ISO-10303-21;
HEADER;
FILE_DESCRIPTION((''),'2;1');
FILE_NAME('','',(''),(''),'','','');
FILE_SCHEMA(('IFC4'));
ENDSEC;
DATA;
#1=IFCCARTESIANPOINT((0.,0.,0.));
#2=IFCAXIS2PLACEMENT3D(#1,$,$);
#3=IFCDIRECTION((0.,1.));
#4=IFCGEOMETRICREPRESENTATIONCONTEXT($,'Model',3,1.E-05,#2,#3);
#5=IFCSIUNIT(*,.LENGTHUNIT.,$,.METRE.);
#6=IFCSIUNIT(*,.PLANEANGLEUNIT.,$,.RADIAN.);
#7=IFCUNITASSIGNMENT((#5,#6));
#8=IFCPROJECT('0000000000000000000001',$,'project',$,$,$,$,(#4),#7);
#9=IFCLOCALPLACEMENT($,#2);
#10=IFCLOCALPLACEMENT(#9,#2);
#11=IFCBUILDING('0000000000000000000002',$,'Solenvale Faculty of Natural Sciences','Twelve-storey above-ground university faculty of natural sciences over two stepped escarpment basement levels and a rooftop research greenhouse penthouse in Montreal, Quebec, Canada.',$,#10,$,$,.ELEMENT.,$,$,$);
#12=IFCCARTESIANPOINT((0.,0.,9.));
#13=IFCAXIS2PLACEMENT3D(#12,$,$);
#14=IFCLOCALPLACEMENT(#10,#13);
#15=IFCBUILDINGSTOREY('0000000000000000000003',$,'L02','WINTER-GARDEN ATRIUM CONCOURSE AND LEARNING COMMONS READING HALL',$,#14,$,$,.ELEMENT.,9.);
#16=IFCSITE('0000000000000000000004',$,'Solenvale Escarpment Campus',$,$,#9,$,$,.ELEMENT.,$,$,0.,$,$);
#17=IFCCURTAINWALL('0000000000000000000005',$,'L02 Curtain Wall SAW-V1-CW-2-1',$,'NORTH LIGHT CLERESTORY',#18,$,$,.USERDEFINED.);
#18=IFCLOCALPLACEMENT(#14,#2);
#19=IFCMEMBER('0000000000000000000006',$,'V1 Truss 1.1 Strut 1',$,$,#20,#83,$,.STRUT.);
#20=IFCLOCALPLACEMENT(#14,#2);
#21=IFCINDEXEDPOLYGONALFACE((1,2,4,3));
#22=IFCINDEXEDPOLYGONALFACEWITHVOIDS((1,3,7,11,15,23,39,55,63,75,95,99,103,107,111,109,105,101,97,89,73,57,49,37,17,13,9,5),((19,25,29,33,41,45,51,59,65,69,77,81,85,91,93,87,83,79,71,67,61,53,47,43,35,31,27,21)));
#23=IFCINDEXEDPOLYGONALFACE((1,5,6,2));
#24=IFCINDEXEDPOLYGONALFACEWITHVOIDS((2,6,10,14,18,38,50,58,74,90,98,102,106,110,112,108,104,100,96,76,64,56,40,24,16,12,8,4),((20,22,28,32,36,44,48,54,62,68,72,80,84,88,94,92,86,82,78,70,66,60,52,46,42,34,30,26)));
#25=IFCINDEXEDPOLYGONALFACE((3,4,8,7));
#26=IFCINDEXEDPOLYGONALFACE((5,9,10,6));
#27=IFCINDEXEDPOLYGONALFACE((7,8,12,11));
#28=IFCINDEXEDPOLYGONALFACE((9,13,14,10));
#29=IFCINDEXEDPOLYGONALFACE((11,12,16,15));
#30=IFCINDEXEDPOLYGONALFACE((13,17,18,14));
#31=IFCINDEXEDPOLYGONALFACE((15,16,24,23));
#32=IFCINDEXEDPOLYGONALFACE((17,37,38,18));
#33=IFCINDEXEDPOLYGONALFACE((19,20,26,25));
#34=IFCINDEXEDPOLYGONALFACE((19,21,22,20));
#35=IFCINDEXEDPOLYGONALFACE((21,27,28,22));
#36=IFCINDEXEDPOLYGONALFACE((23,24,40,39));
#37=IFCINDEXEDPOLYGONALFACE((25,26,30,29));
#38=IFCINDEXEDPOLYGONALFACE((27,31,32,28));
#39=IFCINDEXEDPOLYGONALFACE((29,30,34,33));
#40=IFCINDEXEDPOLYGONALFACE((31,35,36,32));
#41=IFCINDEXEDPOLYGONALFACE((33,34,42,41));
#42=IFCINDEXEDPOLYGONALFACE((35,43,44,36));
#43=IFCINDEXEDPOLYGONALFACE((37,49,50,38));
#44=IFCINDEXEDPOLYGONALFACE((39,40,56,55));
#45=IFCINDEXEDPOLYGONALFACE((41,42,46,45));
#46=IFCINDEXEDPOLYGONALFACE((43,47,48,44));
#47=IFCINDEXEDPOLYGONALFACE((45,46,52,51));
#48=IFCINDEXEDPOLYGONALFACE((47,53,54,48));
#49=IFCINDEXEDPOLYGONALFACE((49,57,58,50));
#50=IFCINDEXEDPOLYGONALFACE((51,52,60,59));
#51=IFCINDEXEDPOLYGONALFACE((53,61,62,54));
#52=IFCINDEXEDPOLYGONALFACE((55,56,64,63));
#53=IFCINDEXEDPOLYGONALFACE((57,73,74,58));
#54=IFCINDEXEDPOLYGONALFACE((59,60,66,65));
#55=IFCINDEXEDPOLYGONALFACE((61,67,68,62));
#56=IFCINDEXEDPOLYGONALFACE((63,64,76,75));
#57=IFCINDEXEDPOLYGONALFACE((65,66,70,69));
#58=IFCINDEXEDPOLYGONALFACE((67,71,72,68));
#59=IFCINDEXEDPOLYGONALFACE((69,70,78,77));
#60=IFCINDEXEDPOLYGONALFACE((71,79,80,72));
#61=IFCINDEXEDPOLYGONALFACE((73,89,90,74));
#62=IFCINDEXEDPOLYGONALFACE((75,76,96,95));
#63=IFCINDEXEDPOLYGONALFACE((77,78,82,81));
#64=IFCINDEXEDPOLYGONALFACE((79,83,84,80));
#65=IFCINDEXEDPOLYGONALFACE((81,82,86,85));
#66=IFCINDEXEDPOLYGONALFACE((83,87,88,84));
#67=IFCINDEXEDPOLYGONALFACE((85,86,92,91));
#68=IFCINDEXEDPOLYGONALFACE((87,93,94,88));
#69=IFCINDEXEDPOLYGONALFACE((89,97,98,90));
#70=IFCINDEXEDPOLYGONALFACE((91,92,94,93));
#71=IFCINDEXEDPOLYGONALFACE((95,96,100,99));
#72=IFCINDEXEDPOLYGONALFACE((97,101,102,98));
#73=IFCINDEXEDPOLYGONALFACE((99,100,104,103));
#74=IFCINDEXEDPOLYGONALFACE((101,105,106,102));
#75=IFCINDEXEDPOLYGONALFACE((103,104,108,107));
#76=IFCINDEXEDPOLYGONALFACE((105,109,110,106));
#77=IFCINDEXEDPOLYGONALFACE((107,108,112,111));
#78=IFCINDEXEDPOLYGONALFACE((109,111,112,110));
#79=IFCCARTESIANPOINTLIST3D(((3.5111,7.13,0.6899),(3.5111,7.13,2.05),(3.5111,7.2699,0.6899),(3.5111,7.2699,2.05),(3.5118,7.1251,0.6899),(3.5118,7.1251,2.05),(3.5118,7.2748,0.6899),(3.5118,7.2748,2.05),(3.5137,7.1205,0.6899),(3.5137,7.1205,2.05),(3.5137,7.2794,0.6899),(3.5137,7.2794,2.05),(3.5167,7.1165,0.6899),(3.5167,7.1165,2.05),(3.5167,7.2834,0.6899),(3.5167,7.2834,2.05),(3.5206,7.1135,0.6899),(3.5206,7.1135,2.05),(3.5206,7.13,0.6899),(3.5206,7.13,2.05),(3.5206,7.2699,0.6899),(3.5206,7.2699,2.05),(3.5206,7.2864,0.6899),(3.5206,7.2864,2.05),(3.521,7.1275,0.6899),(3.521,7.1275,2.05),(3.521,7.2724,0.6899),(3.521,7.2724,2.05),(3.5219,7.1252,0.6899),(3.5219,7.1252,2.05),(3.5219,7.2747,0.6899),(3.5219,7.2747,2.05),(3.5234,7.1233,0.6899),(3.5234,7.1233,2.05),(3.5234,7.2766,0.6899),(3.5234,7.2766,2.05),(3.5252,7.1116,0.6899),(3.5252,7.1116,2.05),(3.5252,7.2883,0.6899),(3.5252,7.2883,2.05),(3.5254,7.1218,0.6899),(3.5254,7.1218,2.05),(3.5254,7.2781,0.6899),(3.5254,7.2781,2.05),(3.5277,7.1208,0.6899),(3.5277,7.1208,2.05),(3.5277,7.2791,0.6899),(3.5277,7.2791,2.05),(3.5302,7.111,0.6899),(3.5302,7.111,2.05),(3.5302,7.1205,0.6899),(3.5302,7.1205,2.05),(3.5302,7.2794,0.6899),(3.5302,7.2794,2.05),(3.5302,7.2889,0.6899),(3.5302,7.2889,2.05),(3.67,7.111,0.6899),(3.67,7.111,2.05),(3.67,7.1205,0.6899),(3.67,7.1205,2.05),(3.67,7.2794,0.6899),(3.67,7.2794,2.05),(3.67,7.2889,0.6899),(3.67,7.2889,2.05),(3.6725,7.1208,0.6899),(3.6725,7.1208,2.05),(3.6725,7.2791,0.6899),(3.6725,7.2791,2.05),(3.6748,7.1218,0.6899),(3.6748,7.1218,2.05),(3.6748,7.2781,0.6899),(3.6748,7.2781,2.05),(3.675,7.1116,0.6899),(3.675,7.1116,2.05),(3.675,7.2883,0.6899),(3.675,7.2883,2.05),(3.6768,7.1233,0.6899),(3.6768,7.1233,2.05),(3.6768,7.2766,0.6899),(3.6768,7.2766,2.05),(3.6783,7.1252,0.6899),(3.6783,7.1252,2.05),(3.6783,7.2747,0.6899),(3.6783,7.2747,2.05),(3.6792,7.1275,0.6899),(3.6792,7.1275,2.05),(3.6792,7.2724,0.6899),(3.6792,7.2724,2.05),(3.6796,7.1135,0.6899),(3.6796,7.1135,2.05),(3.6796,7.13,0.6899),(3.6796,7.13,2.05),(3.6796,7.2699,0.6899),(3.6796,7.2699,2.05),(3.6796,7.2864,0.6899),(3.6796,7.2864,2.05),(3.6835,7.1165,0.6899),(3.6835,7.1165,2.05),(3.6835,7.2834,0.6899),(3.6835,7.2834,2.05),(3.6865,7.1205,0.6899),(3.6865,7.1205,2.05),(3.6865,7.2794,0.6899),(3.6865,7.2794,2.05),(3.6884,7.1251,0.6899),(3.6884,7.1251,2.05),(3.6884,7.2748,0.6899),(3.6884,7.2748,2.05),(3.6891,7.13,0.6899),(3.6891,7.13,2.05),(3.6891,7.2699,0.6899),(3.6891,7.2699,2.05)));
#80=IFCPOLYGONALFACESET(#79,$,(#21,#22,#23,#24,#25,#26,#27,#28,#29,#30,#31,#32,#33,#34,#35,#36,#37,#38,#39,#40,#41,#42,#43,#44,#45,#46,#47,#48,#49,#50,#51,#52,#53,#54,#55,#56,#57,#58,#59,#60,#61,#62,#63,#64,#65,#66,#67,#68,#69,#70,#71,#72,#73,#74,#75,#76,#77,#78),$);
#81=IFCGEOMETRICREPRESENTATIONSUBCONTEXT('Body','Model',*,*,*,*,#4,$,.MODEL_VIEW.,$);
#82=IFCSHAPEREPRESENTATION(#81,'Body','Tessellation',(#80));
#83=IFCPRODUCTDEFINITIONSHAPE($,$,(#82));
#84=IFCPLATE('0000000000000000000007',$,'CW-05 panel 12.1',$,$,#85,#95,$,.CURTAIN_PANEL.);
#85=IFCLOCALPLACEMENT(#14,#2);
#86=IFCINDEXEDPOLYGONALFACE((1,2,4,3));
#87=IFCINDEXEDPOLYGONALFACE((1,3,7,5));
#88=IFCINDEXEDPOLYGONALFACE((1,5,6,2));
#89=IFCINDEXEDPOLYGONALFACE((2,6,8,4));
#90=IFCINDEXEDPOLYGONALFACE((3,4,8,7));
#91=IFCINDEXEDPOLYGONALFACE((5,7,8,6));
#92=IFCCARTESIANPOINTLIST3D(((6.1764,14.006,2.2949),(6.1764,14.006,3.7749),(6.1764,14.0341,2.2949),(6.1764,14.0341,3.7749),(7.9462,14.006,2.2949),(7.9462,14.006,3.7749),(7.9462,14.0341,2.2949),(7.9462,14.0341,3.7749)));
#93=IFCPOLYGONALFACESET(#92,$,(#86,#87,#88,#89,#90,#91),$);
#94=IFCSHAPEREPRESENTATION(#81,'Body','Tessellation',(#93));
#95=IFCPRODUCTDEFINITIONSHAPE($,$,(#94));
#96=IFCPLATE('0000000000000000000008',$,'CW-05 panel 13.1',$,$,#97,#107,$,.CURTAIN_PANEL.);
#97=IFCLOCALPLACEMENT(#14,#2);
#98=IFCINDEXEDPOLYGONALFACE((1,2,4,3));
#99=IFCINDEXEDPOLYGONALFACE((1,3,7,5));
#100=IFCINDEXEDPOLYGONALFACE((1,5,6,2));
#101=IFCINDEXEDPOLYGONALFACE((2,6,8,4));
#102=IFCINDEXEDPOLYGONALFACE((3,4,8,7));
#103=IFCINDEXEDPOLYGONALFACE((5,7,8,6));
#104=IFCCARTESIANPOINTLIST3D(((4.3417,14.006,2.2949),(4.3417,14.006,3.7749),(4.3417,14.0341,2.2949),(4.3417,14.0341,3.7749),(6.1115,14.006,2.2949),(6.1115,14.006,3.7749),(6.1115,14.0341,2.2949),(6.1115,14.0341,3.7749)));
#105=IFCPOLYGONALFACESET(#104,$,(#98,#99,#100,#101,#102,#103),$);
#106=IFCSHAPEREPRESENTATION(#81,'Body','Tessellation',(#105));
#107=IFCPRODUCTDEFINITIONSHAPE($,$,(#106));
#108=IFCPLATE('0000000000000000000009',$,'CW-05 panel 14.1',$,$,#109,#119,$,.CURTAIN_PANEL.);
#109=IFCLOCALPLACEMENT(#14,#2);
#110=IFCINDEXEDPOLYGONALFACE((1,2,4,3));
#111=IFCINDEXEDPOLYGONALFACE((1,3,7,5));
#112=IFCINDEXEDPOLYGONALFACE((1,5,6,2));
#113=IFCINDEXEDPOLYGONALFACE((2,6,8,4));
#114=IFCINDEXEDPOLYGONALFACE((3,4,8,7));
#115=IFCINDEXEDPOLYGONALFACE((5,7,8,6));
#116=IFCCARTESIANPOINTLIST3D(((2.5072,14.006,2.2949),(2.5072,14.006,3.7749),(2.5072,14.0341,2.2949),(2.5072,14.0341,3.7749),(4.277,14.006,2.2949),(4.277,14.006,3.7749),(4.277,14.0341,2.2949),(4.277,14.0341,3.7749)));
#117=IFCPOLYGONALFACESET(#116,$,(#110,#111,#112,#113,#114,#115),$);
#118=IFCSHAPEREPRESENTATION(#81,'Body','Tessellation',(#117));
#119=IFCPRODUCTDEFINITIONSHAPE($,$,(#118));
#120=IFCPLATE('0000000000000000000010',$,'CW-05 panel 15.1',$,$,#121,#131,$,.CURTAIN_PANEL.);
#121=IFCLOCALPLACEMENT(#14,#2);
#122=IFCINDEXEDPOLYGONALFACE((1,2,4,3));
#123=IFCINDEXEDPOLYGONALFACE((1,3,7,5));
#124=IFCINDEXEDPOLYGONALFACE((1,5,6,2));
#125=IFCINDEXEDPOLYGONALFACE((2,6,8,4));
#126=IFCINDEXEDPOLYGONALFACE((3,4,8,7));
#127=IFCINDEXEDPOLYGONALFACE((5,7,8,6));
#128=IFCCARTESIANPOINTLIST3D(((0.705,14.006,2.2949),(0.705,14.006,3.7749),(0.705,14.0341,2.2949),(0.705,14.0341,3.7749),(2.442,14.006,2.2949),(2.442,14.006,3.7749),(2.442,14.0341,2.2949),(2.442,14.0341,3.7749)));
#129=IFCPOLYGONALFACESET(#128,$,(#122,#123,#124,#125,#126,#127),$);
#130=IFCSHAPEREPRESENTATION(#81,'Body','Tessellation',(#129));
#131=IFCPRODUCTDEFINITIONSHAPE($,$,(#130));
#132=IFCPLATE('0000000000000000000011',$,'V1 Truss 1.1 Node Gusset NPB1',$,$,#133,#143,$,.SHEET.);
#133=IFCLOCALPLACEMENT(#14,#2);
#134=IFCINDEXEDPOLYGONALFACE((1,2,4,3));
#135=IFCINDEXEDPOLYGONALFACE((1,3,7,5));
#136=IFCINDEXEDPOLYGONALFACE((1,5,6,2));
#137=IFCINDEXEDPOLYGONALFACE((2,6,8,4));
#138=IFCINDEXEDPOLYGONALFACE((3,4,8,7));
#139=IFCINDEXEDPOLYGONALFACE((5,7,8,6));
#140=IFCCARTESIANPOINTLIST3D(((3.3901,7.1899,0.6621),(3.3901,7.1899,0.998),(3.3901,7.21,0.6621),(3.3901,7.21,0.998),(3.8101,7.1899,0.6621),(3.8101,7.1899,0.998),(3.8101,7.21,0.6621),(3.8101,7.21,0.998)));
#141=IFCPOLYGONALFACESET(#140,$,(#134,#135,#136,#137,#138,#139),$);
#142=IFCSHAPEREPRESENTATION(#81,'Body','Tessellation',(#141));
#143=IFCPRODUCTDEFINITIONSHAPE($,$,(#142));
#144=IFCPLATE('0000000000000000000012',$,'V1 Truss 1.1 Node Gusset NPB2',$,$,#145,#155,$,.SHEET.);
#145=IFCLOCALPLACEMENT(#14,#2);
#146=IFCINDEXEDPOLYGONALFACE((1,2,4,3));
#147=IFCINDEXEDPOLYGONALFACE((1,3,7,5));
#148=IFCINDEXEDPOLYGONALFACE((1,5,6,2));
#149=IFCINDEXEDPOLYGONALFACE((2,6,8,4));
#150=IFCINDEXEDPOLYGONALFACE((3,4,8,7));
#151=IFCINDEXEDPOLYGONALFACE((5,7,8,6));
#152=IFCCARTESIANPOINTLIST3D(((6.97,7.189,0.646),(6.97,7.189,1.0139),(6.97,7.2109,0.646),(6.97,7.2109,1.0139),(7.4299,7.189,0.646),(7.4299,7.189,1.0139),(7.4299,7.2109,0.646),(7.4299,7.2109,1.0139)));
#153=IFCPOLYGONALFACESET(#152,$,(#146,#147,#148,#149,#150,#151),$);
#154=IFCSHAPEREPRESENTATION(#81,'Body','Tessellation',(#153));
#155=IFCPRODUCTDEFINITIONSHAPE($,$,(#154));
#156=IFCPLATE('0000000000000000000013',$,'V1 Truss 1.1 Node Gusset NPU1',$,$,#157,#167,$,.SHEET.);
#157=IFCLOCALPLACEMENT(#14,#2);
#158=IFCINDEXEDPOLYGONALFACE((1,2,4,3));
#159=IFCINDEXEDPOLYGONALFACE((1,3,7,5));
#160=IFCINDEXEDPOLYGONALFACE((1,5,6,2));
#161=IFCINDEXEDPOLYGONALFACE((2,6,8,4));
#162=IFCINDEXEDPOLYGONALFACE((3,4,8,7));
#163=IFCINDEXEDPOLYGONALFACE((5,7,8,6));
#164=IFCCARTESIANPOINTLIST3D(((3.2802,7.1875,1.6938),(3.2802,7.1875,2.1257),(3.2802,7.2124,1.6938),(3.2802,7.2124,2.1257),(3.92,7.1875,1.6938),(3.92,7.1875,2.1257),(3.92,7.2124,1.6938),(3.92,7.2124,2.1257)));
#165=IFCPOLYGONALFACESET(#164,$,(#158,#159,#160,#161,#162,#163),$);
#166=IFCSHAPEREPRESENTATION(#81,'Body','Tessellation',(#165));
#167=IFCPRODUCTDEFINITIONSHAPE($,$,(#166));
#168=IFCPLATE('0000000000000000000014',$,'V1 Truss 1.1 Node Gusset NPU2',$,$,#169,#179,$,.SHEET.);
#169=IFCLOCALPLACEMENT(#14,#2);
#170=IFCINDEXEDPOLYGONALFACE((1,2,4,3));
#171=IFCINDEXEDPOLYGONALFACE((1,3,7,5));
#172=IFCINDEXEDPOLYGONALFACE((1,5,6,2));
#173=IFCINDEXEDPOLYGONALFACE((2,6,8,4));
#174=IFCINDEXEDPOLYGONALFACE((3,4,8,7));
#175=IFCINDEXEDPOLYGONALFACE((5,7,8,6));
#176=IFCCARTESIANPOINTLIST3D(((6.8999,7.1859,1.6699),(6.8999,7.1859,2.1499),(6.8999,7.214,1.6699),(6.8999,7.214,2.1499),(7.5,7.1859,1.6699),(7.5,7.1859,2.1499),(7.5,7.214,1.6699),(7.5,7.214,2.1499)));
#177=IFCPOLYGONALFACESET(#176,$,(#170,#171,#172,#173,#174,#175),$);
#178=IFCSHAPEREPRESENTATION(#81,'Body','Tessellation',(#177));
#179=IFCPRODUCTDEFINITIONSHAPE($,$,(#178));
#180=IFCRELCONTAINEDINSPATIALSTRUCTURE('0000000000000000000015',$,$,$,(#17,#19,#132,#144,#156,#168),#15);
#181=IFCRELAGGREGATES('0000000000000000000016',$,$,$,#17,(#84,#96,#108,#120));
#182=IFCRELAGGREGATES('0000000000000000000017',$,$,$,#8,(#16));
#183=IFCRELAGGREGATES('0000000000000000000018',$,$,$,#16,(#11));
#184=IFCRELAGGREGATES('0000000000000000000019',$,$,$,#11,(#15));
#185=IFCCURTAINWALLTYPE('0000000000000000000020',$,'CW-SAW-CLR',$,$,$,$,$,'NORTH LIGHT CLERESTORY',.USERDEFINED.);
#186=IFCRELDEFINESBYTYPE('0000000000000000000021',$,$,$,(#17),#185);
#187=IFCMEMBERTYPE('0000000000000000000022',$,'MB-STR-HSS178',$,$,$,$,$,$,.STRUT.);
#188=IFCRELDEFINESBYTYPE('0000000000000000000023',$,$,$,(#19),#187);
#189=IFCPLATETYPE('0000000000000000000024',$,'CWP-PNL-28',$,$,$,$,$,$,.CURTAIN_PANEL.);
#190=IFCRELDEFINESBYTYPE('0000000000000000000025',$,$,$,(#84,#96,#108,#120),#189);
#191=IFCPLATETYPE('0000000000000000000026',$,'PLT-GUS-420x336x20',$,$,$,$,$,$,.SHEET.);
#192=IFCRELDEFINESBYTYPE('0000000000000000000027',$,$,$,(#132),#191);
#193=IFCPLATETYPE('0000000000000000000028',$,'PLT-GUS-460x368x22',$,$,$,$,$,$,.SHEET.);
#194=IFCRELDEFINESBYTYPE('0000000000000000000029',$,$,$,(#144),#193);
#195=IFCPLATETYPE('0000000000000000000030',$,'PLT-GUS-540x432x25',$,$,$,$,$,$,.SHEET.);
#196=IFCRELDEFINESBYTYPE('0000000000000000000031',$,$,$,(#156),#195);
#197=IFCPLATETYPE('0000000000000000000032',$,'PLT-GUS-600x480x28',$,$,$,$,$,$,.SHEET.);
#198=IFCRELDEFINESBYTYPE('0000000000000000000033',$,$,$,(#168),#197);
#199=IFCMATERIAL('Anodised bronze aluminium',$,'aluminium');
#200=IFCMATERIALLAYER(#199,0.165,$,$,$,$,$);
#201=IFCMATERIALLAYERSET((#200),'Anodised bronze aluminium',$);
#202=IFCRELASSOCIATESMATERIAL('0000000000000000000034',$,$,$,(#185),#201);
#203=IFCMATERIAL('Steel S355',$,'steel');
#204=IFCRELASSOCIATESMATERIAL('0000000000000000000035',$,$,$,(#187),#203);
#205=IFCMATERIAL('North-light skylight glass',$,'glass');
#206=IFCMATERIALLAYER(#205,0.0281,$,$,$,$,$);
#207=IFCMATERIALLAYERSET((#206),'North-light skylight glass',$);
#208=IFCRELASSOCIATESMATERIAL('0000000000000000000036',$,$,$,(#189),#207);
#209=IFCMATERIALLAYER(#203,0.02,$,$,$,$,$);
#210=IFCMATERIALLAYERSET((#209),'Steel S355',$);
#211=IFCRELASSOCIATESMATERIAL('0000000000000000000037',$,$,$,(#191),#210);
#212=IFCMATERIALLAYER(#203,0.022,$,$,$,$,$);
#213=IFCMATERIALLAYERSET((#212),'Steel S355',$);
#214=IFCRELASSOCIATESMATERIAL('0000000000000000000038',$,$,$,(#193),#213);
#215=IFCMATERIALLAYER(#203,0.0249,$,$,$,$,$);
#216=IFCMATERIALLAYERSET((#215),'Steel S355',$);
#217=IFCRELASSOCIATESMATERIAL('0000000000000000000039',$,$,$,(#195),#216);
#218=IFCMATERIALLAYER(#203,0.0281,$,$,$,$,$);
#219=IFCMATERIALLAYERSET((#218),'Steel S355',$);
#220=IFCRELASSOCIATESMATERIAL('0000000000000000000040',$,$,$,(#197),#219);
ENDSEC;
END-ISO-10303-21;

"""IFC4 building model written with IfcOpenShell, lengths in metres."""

from ifc_helpers import new_model, si_unit, direction, frame, origin, origin_2d, place, context, subcontext, project, spatial, rectangle, hollow_rectangle, extrude, material, layer, layer_set, material_profile, profile_set, type_object, element, aggregate, save


model = new_model("IFC4")

# Units and contexts
model_context = context("Model", 3, precision=1e-05, world=origin(), true_north=direction((0.0, 1.0)))
body_context = subcontext(model_context, "Body", "Model", "MODEL_VIEW")
ifc_project = project(units=[si_unit("LENGTHUNIT", "METRE"), si_unit("PLANEANGLEUNIT", "RADIAN")], contexts=[model_context])

# Site, building, storey
site_placement = place(None, origin())
site = spatial("IfcSite", under=ifc_project, at=site_placement, Name="Solenvale Escarpment Campus", CompositionType="ELEMENT", RefElevation=0.0)
building_placement = place(site_placement, origin())
building = spatial("IfcBuilding", under=site, at=building_placement, Name="Solenvale Faculty of Natural Sciences", Description="Twelve-storey above-ground university faculty of natural sciences over two stepped escarpment basement levels and a rooftop research greenhouse penthouse in Montreal, Quebec, Canada.", CompositionType="ELEMENT")
storey_placement = place(building_placement, frame((0.0, 0.0, 9.0)))
storey = spatial("IfcBuildingStorey", under=building, at=storey_placement, Name="L02", Description="WINTER-GARDEN ATRIUM CONCOURSE AND LEARNING COMMONS READING HALL", CompositionType="ELEMENT", Elevation=9.0)

# Shared definitions
ifc_material_1 = material(Name="Steel S355", Category="steel")

# Curtain wall
ifc_material_2 = material(Name="Anodised bronze aluminium", Category="aluminium")
ifc_layer_1 = layer(ifc_material_2, 0.165)
ifc_layer_set_1 = layer_set([ifc_layer_1], Name="Anodised bronze aluminium")
curtain_wall_type = type_object("IfcCurtainWallType", Name="CW-SAW-CLR", ElementType="NORTH LIGHT CLERESTORY", PredefinedType="USERDEFINED", material=ifc_layer_set_1)
curtain_wall_placement = place(storey_placement, origin())
curtain_wall = element("IfcCurtainWall", 1, at=curtain_wall_placement, inside=storey, type_object=curtain_wall_type, Name="L02 Curtain Wall SAW-V1-CW-2-1", ObjectType="NORTH LIGHT CLERESTORY", PredefinedType="USERDEFINED")

# Member
ifc_material_profile_1 = material_profile(ifc_material_1, hollow_rectangle(XDim=0.178, YDim=0.178, WallThickness=0.0095, InnerFilletRadius=0.0095, OuterFilletRadius=0.019, at=origin_2d()), Name="HSS178x178x9.5")
ifc_profile_set_1 = profile_set([ifc_material_profile_1], Name="Steel S355")
member_type_1 = type_object("IfcMemberType", Name="MB-STR-HSS178", PredefinedType="STRUT", material=ifc_profile_set_1)
member_1_placement = place(storey_placement, frame((3.6001, 7.2, 0.6899), z_axis=(0.0, 0.0, 1.0), x_axis=(1.0, 0.0, 0.0)))
element("IfcMember", 2, at=member_1_placement, inside=storey, type_object=member_type_1, Name="V1 Truss 1.1 Strut 1", PredefinedType="STRUT", context=body_context, shape_type="SweptSolid", body=[
    extrude(hollow_rectangle(XDim=0.178, YDim=0.178, WallThickness=0.0095, InnerFilletRadius=0.0095, OuterFilletRadius=0.019, at=origin_2d()), origin(), (0.0, 0.0, 1.0), 1.3601),
])

# Plates
ifc_material_3 = material(Name="North-light skylight glass", Category="glass")
ifc_layer_2 = layer(ifc_material_3, 0.0281)
ifc_layer_set_2 = layer_set([ifc_layer_2], Name="North-light skylight glass")
plate_type_1 = type_object("IfcPlateType", Name="CWP-PNL-28", PredefinedType="CURTAIN_PANEL", material=ifc_layer_set_2)
plate_1_placement = place(storey_placement, frame((7.0613, 14.02, 2.2949), z_axis=(0.0, 0.0, 1.0), x_axis=(-1.0, 0.0, 0.0)))
plate_1 = element("IfcPlate", 3, at=plate_1_placement, type_object=plate_type_1, Name="CW-05 panel 12.1", PredefinedType="CURTAIN_PANEL", context=body_context, shape_type="SweptSolid", body=[
    extrude(rectangle(XDim=1.7698, YDim=0.0281, at=origin_2d()), origin(), (0.0, 0.0, 1.0), 1.48),
])
plate_2_placement = place(storey_placement, frame((5.2266, 14.02, 2.2949), z_axis=(0.0, 0.0, 1.0), x_axis=(-1.0, 0.0, 0.0)))
plate_2 = element("IfcPlate", 4, at=plate_2_placement, type_object=plate_type_1, Name="CW-05 panel 13.1", PredefinedType="CURTAIN_PANEL", context=body_context, shape_type="SweptSolid", body=[
    extrude(rectangle(XDim=1.7698, YDim=0.0281, at=origin_2d()), origin(), (0.0, 0.0, 1.0), 1.48),
])
plate_3_placement = place(storey_placement, frame((3.3921, 14.02, 2.2949), z_axis=(0.0, 0.0, 1.0), x_axis=(-1.0, 0.0, 0.0)))
plate_3 = element("IfcPlate", 5, at=plate_3_placement, type_object=plate_type_1, Name="CW-05 panel 14.1", PredefinedType="CURTAIN_PANEL", context=body_context, shape_type="SweptSolid", body=[
    extrude(rectangle(XDim=1.7698, YDim=0.0281, at=origin_2d()), origin(), (0.0, 0.0, 1.0), 1.48),
])
plate_4_placement = place(storey_placement, frame((1.5735, 14.02, 2.2949), z_axis=(0.0, 0.0, 1.0), x_axis=(-1.0, 0.0, 0.0)))
plate_4 = element("IfcPlate", 6, at=plate_4_placement, type_object=plate_type_1, Name="CW-05 panel 15.1", PredefinedType="CURTAIN_PANEL", context=body_context, shape_type="SweptSolid", body=[
    extrude(rectangle(XDim=1.7371, YDim=0.0281, at=origin_2d()), origin(), (0.0, 0.0, 1.0), 1.48),
])
aggregate(curtain_wall, [plate_1, plate_2, plate_3, plate_4])

# Plates
ifc_layer_3 = layer(ifc_material_1, 0.02)
ifc_layer_set_3 = layer_set([ifc_layer_3], Name="Steel S355")
plate_type_2 = type_object("IfcPlateType", Name="PLT-GUS-420x336x20", PredefinedType="SHEET", material=ifc_layer_set_3)
plate_5_placement = place(storey_placement, frame((3.6001, 7.2, 0.6621), z_axis=(0.0, 0.0, 1.0), x_axis=(1.0, 0.0, 0.0)))
element("IfcPlate", 7, at=plate_5_placement, inside=storey, type_object=plate_type_2, Name="V1 Truss 1.1 Node Gusset NPB1", PredefinedType="SHEET", context=body_context, shape_type="SweptSolid", body=[
    extrude(rectangle(XDim=0.4199, YDim=0.02, at=origin_2d()), origin(), (0.0, 0.0, 1.0), 0.3359),
])
ifc_layer_4 = layer(ifc_material_1, 0.022)
ifc_layer_set_4 = layer_set([ifc_layer_4], Name="Steel S355")
plate_type_3 = type_object("IfcPlateType", Name="PLT-GUS-460x368x22", PredefinedType="SHEET", material=ifc_layer_set_4)
plate_6_placement = place(storey_placement, frame((7.2, 7.2, 0.646), z_axis=(0.0, 0.0, 1.0), x_axis=(1.0, 0.0, 0.0)))
element("IfcPlate", 8, at=plate_6_placement, inside=storey, type_object=plate_type_3, Name="V1 Truss 1.1 Node Gusset NPB2", PredefinedType="SHEET", context=body_context, shape_type="SweptSolid", body=[
    extrude(rectangle(XDim=0.46, YDim=0.022, at=origin_2d()), origin(), (0.0, 0.0, 1.0), 0.3679),
])
ifc_layer_5 = layer(ifc_material_1, 0.0249)
ifc_layer_set_5 = layer_set([ifc_layer_5], Name="Steel S355")
plate_type_4 = type_object("IfcPlateType", Name="PLT-GUS-540x432x25", PredefinedType="SHEET", material=ifc_layer_set_5)
plate_7_placement = place(storey_placement, frame((3.6001, 7.2, 1.6938), z_axis=(0.0, 0.0, 1.0), x_axis=(1.0, 0.0, 0.0)))
element("IfcPlate", 9, at=plate_7_placement, inside=storey, type_object=plate_type_4, Name="V1 Truss 1.1 Node Gusset NPU1", PredefinedType="SHEET", context=body_context, shape_type="SweptSolid", body=[
    extrude(rectangle(XDim=0.6399, YDim=0.0249, at=origin_2d()), origin(), (0.0, 0.0, 1.0), 0.4319),
])
ifc_layer_6 = layer(ifc_material_1, 0.0281)
ifc_layer_set_6 = layer_set([ifc_layer_6], Name="Steel S355")
plate_type_5 = type_object("IfcPlateType", Name="PLT-GUS-600x480x28", PredefinedType="SHEET", material=ifc_layer_set_6)
plate_8_placement = place(storey_placement, frame((7.2, 7.2, 1.6699), z_axis=(0.0, 0.0, 1.0), x_axis=(1.0, 0.0, 0.0)))
element("IfcPlate", 10, at=plate_8_placement, inside=storey, type_object=plate_type_5, Name="V1 Truss 1.1 Node Gusset NPU2", PredefinedType="SHEET", context=body_context, shape_type="SweptSolid", body=[
    extrude(rectangle(XDim=0.6001, YDim=0.0281, at=origin_2d()), origin(), (0.0, 0.0, 1.0), 0.48),
])

save(model, "model.ifc")
